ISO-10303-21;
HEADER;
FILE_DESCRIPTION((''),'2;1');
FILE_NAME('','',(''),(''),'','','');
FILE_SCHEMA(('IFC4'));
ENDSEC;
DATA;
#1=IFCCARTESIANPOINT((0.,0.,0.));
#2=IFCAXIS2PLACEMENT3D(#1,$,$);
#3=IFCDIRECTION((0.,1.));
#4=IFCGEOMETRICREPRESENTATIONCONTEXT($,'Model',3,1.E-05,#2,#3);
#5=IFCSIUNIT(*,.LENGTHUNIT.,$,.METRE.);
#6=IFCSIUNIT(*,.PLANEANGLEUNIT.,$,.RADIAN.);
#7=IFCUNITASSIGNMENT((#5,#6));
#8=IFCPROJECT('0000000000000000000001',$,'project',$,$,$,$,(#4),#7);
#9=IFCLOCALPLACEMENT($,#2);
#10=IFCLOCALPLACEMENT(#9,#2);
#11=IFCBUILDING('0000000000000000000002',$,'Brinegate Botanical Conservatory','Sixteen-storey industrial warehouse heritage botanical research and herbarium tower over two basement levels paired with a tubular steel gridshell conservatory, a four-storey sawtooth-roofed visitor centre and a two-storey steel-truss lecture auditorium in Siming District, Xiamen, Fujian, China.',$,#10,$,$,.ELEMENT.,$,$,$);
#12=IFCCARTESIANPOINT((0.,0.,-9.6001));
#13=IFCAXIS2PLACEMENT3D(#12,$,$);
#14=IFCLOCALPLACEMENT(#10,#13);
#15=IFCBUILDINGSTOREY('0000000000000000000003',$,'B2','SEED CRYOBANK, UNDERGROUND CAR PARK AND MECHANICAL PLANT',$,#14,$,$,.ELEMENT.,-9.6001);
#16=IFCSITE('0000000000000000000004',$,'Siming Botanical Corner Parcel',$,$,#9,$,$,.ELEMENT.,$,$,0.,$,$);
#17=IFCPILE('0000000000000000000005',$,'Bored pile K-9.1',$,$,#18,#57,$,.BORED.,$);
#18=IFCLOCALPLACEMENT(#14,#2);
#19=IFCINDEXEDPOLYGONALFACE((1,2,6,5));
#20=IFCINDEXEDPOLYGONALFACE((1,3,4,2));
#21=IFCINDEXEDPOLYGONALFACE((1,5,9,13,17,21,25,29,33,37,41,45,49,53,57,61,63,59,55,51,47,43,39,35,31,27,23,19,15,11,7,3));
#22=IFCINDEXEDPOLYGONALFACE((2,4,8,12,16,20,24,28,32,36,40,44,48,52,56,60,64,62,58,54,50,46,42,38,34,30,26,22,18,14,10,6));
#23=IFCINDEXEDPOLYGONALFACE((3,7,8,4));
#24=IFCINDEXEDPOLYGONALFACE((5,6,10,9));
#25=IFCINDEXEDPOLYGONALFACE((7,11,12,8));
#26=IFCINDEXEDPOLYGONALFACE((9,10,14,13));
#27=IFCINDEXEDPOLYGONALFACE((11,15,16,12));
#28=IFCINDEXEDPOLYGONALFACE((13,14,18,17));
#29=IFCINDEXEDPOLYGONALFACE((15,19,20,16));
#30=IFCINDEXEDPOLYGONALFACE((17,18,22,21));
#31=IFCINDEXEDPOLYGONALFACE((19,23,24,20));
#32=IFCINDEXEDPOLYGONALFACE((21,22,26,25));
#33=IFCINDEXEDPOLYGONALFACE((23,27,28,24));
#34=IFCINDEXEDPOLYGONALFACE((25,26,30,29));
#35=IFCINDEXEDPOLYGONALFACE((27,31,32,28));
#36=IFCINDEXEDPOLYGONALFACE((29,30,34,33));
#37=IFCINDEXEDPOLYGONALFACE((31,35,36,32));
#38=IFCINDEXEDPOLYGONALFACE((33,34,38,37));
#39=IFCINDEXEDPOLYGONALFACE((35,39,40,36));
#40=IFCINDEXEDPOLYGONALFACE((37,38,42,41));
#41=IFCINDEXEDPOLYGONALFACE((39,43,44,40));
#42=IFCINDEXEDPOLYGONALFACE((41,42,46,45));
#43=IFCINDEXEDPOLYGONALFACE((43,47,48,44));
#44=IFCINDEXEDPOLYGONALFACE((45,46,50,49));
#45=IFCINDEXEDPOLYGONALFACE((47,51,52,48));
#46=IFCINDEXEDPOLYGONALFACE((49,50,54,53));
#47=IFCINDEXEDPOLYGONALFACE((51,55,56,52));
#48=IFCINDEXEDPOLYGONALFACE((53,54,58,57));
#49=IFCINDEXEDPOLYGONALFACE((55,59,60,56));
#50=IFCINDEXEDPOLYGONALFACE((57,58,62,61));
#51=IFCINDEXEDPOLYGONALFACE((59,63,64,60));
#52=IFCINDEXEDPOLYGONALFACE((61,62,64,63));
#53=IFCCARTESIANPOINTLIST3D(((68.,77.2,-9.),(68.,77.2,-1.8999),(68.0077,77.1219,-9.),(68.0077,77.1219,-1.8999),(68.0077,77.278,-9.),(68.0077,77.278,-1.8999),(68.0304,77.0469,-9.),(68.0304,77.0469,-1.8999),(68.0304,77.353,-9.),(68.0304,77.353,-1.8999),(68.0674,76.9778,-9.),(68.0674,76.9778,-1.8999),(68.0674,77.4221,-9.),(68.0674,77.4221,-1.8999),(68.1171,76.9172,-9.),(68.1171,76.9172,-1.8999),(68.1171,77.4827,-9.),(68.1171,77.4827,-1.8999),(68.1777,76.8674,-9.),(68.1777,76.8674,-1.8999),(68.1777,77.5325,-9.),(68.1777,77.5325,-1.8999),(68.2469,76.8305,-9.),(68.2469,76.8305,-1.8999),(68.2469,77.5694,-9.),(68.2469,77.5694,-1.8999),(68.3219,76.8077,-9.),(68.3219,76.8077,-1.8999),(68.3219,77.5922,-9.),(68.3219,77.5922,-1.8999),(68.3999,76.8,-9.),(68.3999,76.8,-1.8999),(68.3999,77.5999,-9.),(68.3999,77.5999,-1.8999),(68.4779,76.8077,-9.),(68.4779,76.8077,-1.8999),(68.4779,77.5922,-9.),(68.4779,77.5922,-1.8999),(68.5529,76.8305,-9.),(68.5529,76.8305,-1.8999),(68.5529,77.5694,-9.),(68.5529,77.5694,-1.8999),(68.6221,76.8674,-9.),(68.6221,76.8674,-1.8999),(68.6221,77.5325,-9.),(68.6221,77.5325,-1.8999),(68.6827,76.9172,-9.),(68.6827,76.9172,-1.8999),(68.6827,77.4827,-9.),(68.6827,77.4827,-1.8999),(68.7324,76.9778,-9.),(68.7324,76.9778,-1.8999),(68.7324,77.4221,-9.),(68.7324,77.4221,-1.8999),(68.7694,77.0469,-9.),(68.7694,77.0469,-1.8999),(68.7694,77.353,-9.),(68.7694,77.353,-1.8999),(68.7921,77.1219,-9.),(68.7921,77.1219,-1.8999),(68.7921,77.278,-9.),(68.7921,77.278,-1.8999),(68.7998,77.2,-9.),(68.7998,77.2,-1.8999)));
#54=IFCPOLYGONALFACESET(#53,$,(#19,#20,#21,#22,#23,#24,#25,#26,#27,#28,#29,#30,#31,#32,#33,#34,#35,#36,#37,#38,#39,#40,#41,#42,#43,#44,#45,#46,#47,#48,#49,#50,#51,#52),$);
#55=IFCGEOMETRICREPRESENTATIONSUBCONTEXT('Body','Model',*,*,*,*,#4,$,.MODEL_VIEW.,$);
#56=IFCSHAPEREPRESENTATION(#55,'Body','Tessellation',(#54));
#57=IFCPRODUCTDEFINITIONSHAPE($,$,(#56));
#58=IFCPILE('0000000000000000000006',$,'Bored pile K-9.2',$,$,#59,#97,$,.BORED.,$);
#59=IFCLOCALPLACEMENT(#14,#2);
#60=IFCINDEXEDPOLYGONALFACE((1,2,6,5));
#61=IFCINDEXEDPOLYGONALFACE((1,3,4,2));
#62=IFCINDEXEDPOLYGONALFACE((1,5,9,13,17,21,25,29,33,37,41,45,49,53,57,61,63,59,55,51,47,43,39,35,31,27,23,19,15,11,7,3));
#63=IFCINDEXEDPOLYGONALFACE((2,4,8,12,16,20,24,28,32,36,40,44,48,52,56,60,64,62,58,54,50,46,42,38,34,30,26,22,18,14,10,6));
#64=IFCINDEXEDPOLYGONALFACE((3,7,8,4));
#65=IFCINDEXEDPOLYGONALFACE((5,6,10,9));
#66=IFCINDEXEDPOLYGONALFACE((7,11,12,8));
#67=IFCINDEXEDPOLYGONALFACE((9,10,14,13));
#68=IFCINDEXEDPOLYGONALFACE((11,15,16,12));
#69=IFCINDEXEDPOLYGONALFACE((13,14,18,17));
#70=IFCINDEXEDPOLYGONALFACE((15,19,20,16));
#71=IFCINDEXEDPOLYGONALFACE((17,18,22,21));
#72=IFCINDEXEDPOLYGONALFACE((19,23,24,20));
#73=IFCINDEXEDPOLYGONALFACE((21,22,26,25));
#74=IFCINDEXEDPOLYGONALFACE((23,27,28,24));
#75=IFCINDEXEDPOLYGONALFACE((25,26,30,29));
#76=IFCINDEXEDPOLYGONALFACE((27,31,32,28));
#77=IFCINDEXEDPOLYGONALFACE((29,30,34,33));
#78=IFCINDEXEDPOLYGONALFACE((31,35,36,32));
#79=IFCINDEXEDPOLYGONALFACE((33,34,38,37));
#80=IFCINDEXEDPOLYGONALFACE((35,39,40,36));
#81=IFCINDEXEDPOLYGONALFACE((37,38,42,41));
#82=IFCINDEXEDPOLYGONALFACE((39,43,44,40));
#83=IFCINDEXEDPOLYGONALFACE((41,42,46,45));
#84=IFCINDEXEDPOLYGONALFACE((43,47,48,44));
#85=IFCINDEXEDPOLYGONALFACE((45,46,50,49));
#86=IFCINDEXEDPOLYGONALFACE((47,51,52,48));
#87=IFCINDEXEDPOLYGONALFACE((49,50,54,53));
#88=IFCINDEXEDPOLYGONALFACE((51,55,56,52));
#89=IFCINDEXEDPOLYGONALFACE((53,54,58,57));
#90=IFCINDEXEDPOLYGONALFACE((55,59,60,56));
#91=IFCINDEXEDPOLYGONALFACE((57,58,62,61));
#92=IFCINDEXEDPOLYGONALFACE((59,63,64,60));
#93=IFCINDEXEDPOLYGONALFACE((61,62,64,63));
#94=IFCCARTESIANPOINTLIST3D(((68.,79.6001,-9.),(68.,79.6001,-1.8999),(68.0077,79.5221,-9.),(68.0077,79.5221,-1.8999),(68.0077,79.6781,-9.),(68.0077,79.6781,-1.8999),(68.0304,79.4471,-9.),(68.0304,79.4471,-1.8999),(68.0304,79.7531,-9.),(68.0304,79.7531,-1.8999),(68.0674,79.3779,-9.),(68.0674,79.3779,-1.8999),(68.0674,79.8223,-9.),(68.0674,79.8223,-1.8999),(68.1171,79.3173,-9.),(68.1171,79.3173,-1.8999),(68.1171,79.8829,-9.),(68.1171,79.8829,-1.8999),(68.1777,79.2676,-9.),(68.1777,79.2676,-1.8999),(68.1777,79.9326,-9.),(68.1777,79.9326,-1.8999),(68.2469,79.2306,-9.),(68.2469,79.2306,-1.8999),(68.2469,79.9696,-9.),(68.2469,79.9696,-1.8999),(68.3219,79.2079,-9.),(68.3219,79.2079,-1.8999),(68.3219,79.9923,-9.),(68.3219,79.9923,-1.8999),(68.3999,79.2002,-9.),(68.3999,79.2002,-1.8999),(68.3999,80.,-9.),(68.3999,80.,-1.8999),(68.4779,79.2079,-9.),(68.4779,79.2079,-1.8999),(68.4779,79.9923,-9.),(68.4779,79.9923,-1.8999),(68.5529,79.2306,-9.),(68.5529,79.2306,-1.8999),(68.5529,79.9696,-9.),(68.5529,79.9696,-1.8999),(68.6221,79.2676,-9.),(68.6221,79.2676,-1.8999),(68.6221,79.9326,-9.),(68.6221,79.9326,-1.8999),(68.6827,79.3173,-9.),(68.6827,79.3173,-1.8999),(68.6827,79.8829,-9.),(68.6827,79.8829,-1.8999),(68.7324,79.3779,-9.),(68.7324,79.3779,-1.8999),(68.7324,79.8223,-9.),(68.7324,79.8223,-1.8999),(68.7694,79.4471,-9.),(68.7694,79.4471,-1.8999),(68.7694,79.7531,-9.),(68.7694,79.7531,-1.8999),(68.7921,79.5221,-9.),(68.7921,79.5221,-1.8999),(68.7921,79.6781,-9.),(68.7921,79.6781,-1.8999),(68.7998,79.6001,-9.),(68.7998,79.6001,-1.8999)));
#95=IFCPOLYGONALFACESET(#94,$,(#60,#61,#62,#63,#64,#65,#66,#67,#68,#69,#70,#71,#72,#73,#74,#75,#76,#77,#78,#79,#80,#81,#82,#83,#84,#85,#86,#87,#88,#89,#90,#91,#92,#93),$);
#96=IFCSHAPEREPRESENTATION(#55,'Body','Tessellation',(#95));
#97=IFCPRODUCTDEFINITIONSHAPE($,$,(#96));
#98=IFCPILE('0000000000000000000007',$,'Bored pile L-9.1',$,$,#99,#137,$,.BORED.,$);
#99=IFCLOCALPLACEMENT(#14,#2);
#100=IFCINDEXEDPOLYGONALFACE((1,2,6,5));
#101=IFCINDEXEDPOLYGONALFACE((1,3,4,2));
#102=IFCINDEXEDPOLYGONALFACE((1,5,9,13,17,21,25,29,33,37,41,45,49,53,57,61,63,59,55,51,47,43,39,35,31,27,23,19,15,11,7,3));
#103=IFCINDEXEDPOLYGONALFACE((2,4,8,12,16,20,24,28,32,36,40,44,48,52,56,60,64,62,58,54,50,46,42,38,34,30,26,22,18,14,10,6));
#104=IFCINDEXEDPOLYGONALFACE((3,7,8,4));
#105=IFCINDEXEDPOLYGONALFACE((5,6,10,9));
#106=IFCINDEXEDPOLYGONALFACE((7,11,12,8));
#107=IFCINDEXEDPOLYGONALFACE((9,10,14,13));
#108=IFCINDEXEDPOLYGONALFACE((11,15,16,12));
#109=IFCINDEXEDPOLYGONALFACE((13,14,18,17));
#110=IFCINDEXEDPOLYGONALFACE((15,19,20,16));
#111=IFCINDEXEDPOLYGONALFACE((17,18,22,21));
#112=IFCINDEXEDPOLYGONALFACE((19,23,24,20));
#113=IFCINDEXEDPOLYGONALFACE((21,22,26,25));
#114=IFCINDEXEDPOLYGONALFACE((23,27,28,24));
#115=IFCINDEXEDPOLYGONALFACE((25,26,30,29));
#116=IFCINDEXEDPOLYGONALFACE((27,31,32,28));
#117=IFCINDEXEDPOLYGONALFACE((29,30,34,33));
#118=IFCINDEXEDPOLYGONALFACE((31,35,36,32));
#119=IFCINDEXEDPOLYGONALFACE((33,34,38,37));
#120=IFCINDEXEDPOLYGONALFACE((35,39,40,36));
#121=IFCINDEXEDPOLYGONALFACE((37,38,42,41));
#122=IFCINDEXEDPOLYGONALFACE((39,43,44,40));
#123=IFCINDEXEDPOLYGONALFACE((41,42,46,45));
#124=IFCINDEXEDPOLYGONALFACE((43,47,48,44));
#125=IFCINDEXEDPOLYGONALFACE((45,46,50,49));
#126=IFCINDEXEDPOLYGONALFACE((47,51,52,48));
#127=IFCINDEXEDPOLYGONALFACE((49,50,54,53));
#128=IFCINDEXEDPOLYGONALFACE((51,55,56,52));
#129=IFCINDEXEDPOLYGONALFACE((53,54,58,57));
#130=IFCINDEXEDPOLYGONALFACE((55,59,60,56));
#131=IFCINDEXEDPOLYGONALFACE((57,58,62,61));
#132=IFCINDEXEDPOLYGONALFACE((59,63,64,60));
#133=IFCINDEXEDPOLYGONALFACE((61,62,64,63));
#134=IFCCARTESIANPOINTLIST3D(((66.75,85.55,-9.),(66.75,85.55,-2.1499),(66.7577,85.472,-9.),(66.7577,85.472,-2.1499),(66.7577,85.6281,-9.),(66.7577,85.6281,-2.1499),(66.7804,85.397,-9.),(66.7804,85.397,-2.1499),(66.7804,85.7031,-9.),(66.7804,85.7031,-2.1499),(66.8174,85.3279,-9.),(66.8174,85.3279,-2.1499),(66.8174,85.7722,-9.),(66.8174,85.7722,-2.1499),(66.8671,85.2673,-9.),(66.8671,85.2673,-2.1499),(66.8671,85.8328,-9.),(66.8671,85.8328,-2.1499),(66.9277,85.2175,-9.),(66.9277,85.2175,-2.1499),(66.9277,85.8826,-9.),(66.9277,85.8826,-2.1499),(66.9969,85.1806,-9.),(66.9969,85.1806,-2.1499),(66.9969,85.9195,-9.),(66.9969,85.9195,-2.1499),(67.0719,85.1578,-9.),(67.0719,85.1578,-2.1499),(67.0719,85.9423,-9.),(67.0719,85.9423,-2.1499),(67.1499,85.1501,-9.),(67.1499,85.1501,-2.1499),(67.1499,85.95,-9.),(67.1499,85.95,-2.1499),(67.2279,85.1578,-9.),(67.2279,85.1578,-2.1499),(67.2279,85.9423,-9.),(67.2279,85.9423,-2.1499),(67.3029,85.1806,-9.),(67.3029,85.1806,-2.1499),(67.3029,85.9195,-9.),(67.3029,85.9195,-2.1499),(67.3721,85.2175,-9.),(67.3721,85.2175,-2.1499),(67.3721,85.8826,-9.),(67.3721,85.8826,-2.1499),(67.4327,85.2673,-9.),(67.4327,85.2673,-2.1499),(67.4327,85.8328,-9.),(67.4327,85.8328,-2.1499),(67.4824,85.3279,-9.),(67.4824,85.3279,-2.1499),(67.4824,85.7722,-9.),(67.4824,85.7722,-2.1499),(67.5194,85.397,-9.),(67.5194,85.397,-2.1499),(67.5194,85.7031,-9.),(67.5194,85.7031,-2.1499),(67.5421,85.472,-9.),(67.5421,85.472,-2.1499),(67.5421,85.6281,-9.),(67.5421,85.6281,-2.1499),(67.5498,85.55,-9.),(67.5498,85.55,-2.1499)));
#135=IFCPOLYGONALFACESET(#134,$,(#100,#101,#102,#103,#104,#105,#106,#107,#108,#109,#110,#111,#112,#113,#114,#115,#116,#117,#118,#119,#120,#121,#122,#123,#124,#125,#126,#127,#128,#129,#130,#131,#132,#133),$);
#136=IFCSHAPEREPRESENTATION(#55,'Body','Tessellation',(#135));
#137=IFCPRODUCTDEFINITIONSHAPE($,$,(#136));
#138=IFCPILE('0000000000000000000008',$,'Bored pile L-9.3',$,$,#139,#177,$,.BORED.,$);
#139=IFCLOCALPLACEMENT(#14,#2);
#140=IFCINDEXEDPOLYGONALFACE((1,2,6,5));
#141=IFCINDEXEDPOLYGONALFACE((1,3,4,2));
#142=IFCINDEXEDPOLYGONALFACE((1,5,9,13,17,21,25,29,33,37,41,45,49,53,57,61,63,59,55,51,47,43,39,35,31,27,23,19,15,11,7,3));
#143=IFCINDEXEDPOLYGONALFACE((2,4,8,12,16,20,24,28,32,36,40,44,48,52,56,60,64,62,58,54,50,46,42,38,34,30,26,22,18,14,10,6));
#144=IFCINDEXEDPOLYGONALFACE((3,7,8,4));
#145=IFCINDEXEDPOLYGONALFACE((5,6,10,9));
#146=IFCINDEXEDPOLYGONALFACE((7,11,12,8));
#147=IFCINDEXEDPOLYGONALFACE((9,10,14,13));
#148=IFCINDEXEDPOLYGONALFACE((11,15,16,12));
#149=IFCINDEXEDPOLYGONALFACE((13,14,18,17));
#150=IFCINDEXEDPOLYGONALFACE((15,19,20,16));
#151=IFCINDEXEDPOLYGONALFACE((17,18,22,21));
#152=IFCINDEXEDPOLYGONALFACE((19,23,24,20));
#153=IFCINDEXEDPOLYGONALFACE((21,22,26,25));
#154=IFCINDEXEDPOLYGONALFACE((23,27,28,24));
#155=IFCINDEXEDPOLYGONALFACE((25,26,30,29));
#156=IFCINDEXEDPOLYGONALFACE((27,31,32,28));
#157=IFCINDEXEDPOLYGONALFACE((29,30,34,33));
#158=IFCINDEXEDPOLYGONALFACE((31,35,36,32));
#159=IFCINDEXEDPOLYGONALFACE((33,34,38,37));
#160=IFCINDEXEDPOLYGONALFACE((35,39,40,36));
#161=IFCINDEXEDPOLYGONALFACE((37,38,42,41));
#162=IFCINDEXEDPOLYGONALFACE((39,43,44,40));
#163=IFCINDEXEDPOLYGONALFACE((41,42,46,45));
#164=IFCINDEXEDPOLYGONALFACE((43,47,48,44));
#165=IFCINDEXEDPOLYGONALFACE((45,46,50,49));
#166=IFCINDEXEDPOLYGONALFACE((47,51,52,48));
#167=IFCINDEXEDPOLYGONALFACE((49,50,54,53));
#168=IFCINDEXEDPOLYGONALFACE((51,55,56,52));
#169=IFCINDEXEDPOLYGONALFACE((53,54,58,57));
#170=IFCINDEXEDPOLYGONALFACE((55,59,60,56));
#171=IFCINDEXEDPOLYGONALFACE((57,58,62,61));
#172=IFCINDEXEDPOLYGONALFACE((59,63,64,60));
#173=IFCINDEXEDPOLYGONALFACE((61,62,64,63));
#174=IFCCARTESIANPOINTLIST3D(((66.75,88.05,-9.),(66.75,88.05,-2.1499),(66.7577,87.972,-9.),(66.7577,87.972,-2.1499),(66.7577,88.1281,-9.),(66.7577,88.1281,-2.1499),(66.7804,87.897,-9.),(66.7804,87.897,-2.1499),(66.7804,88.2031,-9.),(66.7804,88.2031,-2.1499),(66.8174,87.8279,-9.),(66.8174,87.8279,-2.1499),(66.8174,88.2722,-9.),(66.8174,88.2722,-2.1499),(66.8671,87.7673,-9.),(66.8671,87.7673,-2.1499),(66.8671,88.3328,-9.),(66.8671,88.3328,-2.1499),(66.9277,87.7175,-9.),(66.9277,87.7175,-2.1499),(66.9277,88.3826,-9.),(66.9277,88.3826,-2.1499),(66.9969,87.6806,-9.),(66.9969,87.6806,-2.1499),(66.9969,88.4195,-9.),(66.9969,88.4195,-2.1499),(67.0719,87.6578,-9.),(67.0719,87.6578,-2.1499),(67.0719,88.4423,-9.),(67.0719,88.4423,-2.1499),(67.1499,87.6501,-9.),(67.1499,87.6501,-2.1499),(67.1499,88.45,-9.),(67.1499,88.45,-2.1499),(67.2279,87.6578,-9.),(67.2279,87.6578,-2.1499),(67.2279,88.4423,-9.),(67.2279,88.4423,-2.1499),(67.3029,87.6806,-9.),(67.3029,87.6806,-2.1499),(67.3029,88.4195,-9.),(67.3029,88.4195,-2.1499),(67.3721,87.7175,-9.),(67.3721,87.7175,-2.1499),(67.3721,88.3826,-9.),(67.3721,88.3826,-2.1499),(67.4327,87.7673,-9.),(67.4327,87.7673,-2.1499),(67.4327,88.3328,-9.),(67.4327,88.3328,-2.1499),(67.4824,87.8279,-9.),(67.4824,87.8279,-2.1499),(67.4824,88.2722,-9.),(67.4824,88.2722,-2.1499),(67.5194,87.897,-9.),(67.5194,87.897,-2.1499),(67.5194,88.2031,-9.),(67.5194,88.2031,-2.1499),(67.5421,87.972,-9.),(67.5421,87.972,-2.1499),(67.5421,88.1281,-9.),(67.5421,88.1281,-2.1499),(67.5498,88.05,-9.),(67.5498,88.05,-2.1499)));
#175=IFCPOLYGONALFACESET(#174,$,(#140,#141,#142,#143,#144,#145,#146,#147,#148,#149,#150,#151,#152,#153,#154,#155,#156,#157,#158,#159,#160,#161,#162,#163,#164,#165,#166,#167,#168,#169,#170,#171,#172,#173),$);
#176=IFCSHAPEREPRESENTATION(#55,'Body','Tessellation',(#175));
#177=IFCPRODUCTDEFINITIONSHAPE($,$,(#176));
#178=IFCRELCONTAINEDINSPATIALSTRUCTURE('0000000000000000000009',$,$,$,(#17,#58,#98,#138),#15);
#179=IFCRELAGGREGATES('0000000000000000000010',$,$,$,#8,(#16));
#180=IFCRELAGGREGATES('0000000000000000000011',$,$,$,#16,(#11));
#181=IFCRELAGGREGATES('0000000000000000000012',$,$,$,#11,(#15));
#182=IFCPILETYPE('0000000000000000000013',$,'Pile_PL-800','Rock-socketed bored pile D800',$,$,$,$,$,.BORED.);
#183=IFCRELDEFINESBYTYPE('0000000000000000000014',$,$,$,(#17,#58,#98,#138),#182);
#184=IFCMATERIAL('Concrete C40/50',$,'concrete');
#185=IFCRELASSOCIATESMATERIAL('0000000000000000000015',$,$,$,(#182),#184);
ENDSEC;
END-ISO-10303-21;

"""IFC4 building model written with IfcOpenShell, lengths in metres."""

from ifc_helpers import new_model, si_unit, direction, frame, origin, origin_2d, place, context, subcontext, project, spatial, circle, extrude, material, material_profile, profile_set, type_object, element, save


model = new_model("IFC4")

# Units and contexts
model_context = context("Model", 3, precision=1e-05, world=origin(), true_north=direction((0.0, 1.0)))
body_context = subcontext(model_context, "Body", "Model", "MODEL_VIEW")
ifc_project = project(units=[si_unit("LENGTHUNIT", "METRE"), si_unit("PLANEANGLEUNIT", "RADIAN")], contexts=[model_context])

# Site, building, storey
site_placement = place(None, origin())
site = spatial("IfcSite", under=ifc_project, at=site_placement, Name="Siming Botanical Corner Parcel", CompositionType="ELEMENT", RefElevation=0.0)
building_placement = place(site_placement, origin())
building = spatial("IfcBuilding", under=site, at=building_placement, Name="Brinegate Botanical Conservatory", Description="Sixteen-storey industrial warehouse heritage botanical research and herbarium tower over two basement levels paired with a tubular steel gridshell conservatory, a four-storey sawtooth-roofed visitor centre and a two-storey steel-truss lecture auditorium in Siming District, Xiamen, Fujian, China.", CompositionType="ELEMENT")
storey_placement = place(building_placement, frame((0.0, 0.0, -9.6001)))
storey = spatial("IfcBuildingStorey", under=building, at=storey_placement, Name="B2", Description="SEED CRYOBANK, UNDERGROUND CAR PARK AND MECHANICAL PLANT", CompositionType="ELEMENT", Elevation=-9.6001)

# Shared definitions
ifc_material = material(Name="Concrete C40/50", Category="concrete")

# Piles
ifc_material_profile_1 = material_profile(ifc_material, circle(Radius=0.3999, at=origin_2d()), Name="PILE D800")
ifc_profile_set_1 = profile_set([ifc_material_profile_1], Name="Concrete C40/50")
pile_type = type_object("IfcPileType", Name="Pile_PL-800", Description="Rock-socketed bored pile D800", PredefinedType="BORED", material=ifc_profile_set_1)
for number, where, z_axis, x_axis, name in (
    (1, (68.3999, 77.2, -1.8999), (0.0, 0.0, -1.0), (1.0, 0.0, 0.0), "Bored pile K-9.1"),
    (2, (68.3999, 79.6001, -1.8999), (0.0, 0.0, -1.0), (1.0, 0.0, 0.0), "Bored pile K-9.2"),
):
    element("IfcPile", number, at=place(storey_placement, frame(where, z_axis=z_axis, x_axis=x_axis)), inside=storey, type_object=pile_type, Name=name, PredefinedType="BORED", context=body_context, shape_type="SweptSolid", body=[
        extrude(circle(Radius=0.3999, at=origin_2d()), origin(), (0.0, 0.0, 1.0), 7.1001),
    ])
for number, where, z_axis, x_axis, name in (
    (3, (67.1499, 85.55, -2.1499), (0.0, 0.0, -1.0), (1.0, 0.0, 0.0), "Bored pile L-9.1"),
    (4, (67.1499, 88.05, -2.1499), (0.0, 0.0, -1.0), (1.0, 0.0, 0.0), "Bored pile L-9.3"),
):
    element("IfcPile", number, at=place(storey_placement, frame(where, z_axis=z_axis, x_axis=x_axis)), inside=storey, type_object=pile_type, Name=name, PredefinedType="BORED", context=body_context, shape_type="SweptSolid", body=[
        extrude(circle(Radius=0.3999, at=origin_2d()), origin(), (0.0, 0.0, 1.0), 6.8501),
    ])

save(model, "model.ifc")
